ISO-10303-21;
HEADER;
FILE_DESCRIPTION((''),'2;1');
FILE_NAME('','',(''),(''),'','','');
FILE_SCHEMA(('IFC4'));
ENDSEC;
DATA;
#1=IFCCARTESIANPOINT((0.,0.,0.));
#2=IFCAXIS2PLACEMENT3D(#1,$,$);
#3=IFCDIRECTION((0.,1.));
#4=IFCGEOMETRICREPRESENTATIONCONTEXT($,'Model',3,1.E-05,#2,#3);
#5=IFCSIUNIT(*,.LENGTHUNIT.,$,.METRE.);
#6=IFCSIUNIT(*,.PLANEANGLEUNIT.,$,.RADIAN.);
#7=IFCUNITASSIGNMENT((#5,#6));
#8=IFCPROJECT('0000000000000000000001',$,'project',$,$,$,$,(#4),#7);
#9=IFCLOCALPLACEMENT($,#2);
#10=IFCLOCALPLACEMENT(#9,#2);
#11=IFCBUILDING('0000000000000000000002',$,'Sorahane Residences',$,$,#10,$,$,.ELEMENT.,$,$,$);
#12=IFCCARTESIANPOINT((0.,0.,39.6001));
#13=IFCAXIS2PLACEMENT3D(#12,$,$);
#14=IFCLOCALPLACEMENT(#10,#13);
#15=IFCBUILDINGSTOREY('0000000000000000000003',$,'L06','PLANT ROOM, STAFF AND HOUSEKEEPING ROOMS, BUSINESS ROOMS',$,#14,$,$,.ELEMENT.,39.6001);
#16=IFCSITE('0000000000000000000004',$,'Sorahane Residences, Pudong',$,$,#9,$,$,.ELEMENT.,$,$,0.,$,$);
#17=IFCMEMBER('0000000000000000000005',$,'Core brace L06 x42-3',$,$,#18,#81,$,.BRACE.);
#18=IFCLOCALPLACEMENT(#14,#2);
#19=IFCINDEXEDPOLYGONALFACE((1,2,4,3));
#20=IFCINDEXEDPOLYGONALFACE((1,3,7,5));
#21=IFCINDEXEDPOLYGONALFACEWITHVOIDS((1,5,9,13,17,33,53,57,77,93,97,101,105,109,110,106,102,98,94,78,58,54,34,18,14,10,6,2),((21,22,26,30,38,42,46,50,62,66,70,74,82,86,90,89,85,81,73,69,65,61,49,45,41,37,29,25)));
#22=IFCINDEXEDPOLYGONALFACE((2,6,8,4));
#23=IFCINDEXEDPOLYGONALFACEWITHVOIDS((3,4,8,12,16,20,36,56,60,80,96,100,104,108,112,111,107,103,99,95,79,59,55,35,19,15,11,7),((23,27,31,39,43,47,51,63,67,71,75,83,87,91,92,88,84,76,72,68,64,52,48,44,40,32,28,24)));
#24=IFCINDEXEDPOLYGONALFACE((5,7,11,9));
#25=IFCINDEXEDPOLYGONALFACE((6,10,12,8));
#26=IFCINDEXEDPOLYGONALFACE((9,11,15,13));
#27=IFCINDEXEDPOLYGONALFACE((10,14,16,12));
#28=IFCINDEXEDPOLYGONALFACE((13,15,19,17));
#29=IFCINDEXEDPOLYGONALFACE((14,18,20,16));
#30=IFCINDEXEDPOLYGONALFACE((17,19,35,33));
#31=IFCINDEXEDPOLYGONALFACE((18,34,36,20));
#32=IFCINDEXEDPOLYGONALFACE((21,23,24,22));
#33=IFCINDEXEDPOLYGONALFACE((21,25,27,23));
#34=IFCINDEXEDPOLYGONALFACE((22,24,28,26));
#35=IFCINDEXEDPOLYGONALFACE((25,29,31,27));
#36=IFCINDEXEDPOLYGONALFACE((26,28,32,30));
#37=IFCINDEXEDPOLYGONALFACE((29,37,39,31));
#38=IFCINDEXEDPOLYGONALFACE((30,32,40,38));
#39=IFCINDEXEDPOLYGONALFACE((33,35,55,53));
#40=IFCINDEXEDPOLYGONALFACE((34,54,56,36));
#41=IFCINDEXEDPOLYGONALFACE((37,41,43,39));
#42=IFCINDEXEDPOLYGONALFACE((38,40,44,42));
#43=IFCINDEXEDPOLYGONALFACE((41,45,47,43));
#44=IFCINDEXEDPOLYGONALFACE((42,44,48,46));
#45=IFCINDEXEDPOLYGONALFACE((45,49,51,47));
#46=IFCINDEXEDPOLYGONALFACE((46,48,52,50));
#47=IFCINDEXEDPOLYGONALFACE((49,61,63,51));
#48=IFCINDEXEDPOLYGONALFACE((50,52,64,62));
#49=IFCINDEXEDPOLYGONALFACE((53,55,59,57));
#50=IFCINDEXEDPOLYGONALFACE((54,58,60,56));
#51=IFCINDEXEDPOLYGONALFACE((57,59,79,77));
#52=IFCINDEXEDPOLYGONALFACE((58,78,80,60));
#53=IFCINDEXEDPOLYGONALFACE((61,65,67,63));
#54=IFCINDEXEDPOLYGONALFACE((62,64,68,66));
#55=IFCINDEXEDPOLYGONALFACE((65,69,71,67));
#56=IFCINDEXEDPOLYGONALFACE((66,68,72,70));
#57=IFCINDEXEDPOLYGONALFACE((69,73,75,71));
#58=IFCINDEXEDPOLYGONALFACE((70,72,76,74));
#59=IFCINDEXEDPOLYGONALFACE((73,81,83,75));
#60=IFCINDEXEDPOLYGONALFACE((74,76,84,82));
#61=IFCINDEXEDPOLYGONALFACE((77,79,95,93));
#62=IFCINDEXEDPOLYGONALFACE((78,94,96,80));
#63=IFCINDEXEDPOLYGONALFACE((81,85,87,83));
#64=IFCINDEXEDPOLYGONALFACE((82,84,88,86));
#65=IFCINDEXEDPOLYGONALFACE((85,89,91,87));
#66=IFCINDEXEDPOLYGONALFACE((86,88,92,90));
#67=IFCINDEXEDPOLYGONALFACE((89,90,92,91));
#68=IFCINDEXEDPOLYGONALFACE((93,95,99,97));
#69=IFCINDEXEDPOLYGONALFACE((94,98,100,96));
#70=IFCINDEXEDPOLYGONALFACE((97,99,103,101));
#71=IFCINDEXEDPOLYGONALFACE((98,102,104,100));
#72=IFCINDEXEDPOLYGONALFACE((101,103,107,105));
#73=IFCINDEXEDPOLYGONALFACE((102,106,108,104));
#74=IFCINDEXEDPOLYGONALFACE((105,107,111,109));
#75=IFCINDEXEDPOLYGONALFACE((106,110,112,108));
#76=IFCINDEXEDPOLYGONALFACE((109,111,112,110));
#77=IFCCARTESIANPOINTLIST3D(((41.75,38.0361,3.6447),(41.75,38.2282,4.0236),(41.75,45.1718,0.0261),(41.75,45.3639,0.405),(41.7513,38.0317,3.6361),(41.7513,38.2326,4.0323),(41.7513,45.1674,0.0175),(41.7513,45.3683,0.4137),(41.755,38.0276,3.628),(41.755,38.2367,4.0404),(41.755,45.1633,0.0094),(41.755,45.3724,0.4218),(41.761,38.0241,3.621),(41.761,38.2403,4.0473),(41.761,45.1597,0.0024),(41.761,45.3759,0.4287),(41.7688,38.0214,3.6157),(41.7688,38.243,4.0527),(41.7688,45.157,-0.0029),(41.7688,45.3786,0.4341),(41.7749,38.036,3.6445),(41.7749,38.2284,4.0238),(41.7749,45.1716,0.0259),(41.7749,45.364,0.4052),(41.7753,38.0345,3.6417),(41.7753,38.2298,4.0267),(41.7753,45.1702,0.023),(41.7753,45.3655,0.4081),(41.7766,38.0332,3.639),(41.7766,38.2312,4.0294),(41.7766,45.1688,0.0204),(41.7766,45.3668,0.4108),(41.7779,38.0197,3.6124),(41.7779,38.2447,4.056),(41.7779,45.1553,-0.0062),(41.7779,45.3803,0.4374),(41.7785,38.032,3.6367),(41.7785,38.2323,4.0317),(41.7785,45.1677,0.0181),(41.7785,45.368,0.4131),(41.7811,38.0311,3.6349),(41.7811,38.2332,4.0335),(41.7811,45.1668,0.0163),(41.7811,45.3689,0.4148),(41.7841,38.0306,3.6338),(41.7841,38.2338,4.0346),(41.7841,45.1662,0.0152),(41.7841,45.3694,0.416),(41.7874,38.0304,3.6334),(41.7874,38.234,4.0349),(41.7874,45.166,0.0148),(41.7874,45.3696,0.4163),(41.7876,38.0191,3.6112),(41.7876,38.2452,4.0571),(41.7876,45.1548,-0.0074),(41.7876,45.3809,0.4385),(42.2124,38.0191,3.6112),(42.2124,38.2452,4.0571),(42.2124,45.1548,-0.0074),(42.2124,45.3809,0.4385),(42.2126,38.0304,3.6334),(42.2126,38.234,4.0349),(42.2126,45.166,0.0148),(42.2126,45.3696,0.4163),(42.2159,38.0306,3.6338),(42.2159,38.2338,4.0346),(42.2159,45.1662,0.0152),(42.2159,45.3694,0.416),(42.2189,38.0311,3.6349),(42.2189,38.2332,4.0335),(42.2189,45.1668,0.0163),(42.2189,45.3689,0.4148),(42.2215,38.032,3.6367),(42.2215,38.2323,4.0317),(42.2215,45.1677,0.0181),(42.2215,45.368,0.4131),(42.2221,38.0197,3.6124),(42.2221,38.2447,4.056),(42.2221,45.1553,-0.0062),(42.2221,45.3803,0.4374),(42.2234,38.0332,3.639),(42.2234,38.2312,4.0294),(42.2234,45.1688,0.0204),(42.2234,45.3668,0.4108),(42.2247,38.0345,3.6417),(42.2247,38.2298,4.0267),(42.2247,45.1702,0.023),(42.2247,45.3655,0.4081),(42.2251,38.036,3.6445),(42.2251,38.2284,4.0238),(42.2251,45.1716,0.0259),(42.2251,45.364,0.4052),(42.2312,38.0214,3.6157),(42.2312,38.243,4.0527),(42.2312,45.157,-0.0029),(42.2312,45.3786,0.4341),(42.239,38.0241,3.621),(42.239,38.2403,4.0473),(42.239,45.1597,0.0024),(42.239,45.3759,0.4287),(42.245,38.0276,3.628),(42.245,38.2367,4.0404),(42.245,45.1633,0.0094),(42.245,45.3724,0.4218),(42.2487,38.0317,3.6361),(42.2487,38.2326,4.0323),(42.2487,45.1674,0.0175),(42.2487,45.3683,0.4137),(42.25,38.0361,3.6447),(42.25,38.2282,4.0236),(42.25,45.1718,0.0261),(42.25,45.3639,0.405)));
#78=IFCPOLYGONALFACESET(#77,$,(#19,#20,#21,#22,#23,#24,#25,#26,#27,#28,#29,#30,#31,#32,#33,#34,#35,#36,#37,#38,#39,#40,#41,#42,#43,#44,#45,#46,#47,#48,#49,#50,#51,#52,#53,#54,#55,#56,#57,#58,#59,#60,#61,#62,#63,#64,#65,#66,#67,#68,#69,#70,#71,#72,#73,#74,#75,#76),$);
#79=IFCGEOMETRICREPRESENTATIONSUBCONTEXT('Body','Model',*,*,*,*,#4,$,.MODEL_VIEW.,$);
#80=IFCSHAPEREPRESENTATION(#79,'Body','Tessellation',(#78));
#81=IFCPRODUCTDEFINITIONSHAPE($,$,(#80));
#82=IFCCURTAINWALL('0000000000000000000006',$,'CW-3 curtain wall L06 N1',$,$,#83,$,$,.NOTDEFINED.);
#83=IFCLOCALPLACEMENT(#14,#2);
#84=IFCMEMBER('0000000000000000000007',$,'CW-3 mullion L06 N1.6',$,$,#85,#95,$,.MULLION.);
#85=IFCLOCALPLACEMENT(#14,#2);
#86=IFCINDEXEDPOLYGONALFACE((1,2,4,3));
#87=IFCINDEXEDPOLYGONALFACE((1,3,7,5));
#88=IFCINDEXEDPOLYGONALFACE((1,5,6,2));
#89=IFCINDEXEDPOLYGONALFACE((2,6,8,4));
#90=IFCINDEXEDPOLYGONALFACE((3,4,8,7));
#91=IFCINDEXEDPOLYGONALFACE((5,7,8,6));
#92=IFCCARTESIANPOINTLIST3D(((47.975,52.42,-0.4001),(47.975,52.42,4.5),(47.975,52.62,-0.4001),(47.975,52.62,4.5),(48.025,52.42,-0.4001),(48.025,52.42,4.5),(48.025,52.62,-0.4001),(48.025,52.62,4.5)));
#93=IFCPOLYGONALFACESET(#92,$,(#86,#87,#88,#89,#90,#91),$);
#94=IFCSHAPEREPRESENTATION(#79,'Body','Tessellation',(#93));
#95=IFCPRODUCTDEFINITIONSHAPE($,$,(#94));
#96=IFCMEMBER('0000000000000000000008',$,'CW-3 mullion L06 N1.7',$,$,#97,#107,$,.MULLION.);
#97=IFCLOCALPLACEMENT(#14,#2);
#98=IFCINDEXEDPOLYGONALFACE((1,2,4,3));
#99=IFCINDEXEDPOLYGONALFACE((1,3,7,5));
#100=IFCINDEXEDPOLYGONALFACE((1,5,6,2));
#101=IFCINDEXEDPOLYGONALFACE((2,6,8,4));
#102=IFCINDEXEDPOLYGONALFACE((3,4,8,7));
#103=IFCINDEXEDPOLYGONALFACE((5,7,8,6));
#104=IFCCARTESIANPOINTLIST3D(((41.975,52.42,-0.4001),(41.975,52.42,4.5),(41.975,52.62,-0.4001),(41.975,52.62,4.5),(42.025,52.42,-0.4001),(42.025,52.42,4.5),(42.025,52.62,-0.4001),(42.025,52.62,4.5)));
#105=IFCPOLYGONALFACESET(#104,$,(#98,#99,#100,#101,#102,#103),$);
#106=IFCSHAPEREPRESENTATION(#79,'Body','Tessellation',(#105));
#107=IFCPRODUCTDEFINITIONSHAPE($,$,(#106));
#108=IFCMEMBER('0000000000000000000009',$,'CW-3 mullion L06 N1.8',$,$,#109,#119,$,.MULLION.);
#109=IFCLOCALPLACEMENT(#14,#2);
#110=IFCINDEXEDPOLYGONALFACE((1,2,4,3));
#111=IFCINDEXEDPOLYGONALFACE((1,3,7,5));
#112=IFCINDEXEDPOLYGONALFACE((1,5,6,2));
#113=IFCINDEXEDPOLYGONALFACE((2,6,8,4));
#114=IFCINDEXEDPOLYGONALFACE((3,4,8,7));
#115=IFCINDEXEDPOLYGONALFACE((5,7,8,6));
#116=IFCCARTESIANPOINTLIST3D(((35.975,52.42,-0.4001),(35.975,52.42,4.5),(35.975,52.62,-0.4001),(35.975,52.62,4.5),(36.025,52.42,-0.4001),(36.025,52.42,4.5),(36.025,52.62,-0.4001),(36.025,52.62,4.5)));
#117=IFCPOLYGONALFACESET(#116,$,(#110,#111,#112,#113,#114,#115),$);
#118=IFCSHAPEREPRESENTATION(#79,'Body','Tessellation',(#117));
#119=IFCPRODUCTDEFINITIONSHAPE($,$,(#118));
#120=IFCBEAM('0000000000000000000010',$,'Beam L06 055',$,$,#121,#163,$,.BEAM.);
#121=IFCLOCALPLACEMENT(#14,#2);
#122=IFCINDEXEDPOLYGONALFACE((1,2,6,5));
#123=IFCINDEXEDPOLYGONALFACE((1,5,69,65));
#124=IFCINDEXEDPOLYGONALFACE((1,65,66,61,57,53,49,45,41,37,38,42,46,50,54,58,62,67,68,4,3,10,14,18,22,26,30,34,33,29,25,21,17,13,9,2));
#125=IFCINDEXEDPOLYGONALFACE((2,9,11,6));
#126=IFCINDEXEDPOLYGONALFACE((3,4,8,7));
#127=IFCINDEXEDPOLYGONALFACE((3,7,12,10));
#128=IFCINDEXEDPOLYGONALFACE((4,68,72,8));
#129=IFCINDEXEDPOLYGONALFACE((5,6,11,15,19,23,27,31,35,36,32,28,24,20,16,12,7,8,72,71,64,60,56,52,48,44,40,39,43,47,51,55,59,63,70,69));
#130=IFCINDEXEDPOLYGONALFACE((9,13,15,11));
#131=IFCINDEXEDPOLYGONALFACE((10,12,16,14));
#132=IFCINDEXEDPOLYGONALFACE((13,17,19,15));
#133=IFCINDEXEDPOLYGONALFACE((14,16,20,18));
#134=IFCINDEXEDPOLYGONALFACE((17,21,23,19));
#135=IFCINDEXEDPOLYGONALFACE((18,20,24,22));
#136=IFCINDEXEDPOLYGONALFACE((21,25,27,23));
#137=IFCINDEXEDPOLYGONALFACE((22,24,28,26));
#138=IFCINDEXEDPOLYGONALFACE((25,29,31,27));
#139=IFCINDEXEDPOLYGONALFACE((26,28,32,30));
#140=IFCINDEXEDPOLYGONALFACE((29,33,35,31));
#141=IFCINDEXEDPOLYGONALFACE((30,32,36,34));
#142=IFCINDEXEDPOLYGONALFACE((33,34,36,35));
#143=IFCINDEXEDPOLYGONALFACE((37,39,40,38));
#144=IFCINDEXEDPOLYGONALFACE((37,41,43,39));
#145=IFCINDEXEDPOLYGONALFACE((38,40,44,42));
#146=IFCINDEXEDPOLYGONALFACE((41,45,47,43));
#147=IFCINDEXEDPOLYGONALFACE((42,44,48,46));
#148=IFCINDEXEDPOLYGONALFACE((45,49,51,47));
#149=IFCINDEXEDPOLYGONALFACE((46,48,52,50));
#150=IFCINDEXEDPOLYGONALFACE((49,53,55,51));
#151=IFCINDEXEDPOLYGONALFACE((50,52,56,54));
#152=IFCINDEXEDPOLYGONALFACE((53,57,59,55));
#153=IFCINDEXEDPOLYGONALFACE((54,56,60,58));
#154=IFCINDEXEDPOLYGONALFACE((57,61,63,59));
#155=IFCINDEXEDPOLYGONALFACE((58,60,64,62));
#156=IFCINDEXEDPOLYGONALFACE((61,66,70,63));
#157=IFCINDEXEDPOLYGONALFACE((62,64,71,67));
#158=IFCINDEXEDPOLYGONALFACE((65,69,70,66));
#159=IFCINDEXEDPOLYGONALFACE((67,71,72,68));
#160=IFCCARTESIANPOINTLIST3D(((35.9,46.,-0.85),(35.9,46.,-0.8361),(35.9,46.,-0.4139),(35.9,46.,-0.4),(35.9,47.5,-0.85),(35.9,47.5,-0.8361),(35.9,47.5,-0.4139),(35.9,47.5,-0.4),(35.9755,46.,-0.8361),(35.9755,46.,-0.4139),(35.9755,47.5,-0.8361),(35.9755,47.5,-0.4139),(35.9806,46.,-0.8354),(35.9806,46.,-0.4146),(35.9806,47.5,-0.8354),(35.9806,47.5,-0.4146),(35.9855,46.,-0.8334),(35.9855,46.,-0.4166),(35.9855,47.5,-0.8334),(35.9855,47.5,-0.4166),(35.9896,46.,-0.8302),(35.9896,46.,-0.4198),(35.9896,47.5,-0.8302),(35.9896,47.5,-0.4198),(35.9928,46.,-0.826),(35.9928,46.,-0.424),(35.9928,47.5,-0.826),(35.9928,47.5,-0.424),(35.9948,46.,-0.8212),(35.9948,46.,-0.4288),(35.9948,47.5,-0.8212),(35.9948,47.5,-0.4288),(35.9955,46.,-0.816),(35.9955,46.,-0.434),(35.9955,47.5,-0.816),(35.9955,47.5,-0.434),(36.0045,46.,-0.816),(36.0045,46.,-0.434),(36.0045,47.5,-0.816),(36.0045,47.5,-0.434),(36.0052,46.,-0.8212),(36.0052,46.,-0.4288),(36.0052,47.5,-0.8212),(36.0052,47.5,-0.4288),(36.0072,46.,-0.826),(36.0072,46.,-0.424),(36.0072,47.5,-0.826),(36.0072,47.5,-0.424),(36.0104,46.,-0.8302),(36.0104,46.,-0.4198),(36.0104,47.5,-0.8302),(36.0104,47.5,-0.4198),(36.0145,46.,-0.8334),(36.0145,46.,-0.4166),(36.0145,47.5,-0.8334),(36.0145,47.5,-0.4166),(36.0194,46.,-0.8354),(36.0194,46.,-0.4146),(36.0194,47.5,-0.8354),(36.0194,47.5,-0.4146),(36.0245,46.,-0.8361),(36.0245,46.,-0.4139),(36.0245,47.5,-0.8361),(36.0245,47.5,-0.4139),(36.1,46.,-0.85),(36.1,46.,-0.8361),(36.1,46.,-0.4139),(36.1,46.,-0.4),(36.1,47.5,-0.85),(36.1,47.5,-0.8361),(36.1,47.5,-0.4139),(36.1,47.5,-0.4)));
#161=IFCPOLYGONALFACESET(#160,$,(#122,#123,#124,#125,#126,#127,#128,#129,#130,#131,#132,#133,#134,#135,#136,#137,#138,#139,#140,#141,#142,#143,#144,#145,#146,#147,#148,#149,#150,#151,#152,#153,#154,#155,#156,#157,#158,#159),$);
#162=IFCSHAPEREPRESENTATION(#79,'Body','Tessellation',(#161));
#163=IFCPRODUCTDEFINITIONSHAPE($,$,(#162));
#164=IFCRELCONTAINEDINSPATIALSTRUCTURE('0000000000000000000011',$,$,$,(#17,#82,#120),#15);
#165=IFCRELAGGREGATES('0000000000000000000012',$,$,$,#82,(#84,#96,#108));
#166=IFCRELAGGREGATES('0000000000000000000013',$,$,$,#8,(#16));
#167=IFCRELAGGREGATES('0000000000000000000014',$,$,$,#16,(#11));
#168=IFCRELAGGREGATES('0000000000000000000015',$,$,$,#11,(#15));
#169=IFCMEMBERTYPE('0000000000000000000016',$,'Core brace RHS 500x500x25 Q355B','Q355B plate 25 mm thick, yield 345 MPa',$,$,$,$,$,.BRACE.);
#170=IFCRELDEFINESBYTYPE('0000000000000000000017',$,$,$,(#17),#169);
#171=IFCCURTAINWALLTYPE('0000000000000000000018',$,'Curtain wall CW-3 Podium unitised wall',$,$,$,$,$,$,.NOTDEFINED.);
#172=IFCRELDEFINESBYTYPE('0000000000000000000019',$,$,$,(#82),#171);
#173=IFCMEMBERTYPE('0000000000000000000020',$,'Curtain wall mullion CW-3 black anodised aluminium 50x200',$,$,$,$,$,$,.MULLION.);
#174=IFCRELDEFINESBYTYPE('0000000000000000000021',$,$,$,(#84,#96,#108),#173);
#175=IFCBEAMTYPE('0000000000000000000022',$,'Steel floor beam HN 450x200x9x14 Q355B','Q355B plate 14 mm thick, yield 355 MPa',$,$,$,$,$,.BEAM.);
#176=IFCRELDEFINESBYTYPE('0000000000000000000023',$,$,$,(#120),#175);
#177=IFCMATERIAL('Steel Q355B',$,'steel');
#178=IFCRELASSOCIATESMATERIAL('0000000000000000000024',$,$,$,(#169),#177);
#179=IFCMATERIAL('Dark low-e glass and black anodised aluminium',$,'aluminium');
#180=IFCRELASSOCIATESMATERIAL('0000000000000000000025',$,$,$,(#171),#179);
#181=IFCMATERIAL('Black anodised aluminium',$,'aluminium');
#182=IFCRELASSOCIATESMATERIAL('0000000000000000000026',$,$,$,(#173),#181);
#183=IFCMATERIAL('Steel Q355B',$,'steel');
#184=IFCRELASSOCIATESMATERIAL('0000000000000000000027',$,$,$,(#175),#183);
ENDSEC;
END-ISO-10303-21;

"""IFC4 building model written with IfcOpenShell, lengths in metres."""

from ifc_helpers import new_model, si_unit, direction, frame, origin, origin_2d, place, context, subcontext, project, spatial, rectangle, hollow_rectangle, i_section, extrude, material, material_profile, profile_set, type_object, element, aggregate, save


model = new_model("IFC4")

# Units and contexts
model_context = context("Model", 3, precision=1e-05, world=origin(), true_north=direction((0.0, 1.0)))
body_context = subcontext(model_context, "Body", "Model", "MODEL_VIEW")
ifc_project = project(units=[si_unit("LENGTHUNIT", "METRE"), si_unit("PLANEANGLEUNIT", "RADIAN")], contexts=[model_context])

# Site, building, storey
site_placement = place(None, origin())
site = spatial("IfcSite", under=ifc_project, at=site_placement, Name="Sorahane Residences, Pudong", CompositionType="ELEMENT", RefElevation=0.0)
building_placement = place(site_placement, origin())
building = spatial("IfcBuilding", under=site, at=building_placement, Name="Sorahane Residences", CompositionType="ELEMENT")
storey_placement = place(building_placement, frame((0.0, 0.0, 39.6001)))
storey = spatial("IfcBuildingStorey", under=building, at=storey_placement, Name="L06", Description="PLANT ROOM, STAFF AND HOUSEKEEPING ROOMS, BUSINESS ROOMS", CompositionType="ELEMENT", Elevation=39.6001)

# Member
ifc_material_1 = material(Name="Steel Q355B", Category="steel")
ifc_material_profile_1 = material_profile(ifc_material_1, hollow_rectangle(XDim=0.5, YDim=0.5, WallThickness=0.0249, InnerFilletRadius=0.0125, OuterFilletRadius=0.0376, at=origin_2d()), Name="RHS 500x500x25")
ifc_profile_set_1 = profile_set([ifc_material_profile_1], Name="Steel Q355B")
member_type_1 = type_object("IfcMemberType", Name="Core brace RHS 500x500x25 Q355B", Description="Q355B plate 25 mm thick, yield 345 MPa", PredefinedType="BRACE", material=ifc_profile_set_1)
member_1_placement = place(storey_placement, frame((42.0, 45.2678, 0.2156), z_axis=(0.0, -0.891874, 0.452284), x_axis=(1.0, 0.0, 0.0)))
element("IfcMember", 1, at=member_1_placement, inside=storey, type_object=member_type_1, Name="Core brace L06 x42-3", PredefinedType="BRACE", context=body_context, shape_type="SweptSolid", body=[
    extrude(hollow_rectangle(XDim=0.5, YDim=0.5, WallThickness=0.0249, InnerFilletRadius=0.0125, OuterFilletRadius=0.0376, at=origin_2d()), origin(), (0.0, 0.0, 1.0), 8.0007),
])

# Curtain wall, members
ifc_material_2 = material(Name="Dark low-e glass and black anodised aluminium", Category="aluminium")
curtain_wall_type = type_object("IfcCurtainWallType", Name="Curtain wall CW-3 Podium unitised wall", PredefinedType="NOTDEFINED", material=ifc_material_2)
curtain_wall_placement = place(storey_placement, origin())
curtain_wall = element("IfcCurtainWall", 2, at=curtain_wall_placement, inside=storey, type_object=curtain_wall_type, Name="CW-3 curtain wall L06 N1", PredefinedType="NOTDEFINED")
ifc_material_3 = material(Name="Black anodised aluminium", Category="aluminium")
ifc_material_profile_2 = material_profile(ifc_material_3, rectangle(XDim=0.2, YDim=0.05, at=origin_2d()), Name="Curtain wall mullion CW-3 black anodised aluminium 50x200")
ifc_profile_set_2 = profile_set([ifc_material_profile_2], Name="Black anodised aluminium")
member_type_2 = type_object("IfcMemberType", Name="Curtain wall mullion CW-3 black anodised aluminium 50x200", PredefinedType="MULLION", material=ifc_profile_set_2)
member_2_placement = place(storey_placement, frame((48.0, 52.52, -0.4001), z_axis=(0.0, 0.0, 1.0), x_axis=(0.0, 1.0, 0.0)))
member_2 = element("IfcMember", 3, at=member_2_placement, type_object=member_type_2, Name="CW-3 mullion L06 N1.6", PredefinedType="MULLION", context=body_context, shape_type="SweptSolid", body=[
    extrude(rectangle(XDim=0.2, YDim=0.05, at=origin_2d()), origin(), (0.0, 0.0, 1.0), 4.9001),
])
member_3_placement = place(storey_placement, frame((42.0, 52.52, -0.4001), z_axis=(0.0, 0.0, 1.0), x_axis=(0.0, 1.0, 0.0)))
member_3 = element("IfcMember", 4, at=member_3_placement, type_object=member_type_2, Name="CW-3 mullion L06 N1.7", PredefinedType="MULLION", context=body_context, shape_type="SweptSolid", body=[
    extrude(rectangle(XDim=0.2, YDim=0.05, at=origin_2d()), origin(), (0.0, 0.0, 1.0), 4.9001),
])
member_4_placement = place(storey_placement, frame((36.0, 52.52, -0.4001), z_axis=(0.0, 0.0, 1.0), x_axis=(0.0, 1.0, 0.0)))
member_4 = element("IfcMember", 5, at=member_4_placement, type_object=member_type_2, Name="CW-3 mullion L06 N1.8", PredefinedType="MULLION", context=body_context, shape_type="SweptSolid", body=[
    extrude(rectangle(XDim=0.2, YDim=0.05, at=origin_2d()), origin(), (0.0, 0.0, 1.0), 4.9001),
])

# Beam
ifc_material_4 = material(Name="Steel Q355B", Category="steel")
ifc_material_profile_3 = material_profile(ifc_material_4, i_section(OverallWidth=0.2, OverallDepth=0.45, WebThickness=0.009, FlangeThickness=0.0139, FilletRadius=0.02, at=origin_2d()), Name="HN 450x200x9x14")
ifc_profile_set_3 = profile_set([ifc_material_profile_3], Name="Steel Q355B")
beam_type_1 = type_object("IfcBeamType", Name="Steel floor beam HN 450x200x9x14 Q355B", Description="Q355B plate 14 mm thick, yield 355 MPa", PredefinedType="BEAM", material=ifc_profile_set_3)
beam_1_placement = place(storey_placement, frame((36.0, 46.0, -0.625), z_axis=(0.0, 1.0, 0.0), x_axis=(-1.0, 0.0, 0.0)))
element("IfcBeam", 6, at=beam_1_placement, inside=storey, type_object=beam_type_1, Name="Beam L06 055", PredefinedType="BEAM", context=body_context, shape_type="SweptSolid", body=[
    extrude(i_section(OverallWidth=0.2, OverallDepth=0.45, WebThickness=0.009, FlangeThickness=0.0139, FilletRadius=0.02, at=origin_2d()), origin(), (0.0, 0.0, 1.0), 1.5),
])

aggregate(curtain_wall, [member_2, member_3, member_4])

save(model, "model.ifc")
